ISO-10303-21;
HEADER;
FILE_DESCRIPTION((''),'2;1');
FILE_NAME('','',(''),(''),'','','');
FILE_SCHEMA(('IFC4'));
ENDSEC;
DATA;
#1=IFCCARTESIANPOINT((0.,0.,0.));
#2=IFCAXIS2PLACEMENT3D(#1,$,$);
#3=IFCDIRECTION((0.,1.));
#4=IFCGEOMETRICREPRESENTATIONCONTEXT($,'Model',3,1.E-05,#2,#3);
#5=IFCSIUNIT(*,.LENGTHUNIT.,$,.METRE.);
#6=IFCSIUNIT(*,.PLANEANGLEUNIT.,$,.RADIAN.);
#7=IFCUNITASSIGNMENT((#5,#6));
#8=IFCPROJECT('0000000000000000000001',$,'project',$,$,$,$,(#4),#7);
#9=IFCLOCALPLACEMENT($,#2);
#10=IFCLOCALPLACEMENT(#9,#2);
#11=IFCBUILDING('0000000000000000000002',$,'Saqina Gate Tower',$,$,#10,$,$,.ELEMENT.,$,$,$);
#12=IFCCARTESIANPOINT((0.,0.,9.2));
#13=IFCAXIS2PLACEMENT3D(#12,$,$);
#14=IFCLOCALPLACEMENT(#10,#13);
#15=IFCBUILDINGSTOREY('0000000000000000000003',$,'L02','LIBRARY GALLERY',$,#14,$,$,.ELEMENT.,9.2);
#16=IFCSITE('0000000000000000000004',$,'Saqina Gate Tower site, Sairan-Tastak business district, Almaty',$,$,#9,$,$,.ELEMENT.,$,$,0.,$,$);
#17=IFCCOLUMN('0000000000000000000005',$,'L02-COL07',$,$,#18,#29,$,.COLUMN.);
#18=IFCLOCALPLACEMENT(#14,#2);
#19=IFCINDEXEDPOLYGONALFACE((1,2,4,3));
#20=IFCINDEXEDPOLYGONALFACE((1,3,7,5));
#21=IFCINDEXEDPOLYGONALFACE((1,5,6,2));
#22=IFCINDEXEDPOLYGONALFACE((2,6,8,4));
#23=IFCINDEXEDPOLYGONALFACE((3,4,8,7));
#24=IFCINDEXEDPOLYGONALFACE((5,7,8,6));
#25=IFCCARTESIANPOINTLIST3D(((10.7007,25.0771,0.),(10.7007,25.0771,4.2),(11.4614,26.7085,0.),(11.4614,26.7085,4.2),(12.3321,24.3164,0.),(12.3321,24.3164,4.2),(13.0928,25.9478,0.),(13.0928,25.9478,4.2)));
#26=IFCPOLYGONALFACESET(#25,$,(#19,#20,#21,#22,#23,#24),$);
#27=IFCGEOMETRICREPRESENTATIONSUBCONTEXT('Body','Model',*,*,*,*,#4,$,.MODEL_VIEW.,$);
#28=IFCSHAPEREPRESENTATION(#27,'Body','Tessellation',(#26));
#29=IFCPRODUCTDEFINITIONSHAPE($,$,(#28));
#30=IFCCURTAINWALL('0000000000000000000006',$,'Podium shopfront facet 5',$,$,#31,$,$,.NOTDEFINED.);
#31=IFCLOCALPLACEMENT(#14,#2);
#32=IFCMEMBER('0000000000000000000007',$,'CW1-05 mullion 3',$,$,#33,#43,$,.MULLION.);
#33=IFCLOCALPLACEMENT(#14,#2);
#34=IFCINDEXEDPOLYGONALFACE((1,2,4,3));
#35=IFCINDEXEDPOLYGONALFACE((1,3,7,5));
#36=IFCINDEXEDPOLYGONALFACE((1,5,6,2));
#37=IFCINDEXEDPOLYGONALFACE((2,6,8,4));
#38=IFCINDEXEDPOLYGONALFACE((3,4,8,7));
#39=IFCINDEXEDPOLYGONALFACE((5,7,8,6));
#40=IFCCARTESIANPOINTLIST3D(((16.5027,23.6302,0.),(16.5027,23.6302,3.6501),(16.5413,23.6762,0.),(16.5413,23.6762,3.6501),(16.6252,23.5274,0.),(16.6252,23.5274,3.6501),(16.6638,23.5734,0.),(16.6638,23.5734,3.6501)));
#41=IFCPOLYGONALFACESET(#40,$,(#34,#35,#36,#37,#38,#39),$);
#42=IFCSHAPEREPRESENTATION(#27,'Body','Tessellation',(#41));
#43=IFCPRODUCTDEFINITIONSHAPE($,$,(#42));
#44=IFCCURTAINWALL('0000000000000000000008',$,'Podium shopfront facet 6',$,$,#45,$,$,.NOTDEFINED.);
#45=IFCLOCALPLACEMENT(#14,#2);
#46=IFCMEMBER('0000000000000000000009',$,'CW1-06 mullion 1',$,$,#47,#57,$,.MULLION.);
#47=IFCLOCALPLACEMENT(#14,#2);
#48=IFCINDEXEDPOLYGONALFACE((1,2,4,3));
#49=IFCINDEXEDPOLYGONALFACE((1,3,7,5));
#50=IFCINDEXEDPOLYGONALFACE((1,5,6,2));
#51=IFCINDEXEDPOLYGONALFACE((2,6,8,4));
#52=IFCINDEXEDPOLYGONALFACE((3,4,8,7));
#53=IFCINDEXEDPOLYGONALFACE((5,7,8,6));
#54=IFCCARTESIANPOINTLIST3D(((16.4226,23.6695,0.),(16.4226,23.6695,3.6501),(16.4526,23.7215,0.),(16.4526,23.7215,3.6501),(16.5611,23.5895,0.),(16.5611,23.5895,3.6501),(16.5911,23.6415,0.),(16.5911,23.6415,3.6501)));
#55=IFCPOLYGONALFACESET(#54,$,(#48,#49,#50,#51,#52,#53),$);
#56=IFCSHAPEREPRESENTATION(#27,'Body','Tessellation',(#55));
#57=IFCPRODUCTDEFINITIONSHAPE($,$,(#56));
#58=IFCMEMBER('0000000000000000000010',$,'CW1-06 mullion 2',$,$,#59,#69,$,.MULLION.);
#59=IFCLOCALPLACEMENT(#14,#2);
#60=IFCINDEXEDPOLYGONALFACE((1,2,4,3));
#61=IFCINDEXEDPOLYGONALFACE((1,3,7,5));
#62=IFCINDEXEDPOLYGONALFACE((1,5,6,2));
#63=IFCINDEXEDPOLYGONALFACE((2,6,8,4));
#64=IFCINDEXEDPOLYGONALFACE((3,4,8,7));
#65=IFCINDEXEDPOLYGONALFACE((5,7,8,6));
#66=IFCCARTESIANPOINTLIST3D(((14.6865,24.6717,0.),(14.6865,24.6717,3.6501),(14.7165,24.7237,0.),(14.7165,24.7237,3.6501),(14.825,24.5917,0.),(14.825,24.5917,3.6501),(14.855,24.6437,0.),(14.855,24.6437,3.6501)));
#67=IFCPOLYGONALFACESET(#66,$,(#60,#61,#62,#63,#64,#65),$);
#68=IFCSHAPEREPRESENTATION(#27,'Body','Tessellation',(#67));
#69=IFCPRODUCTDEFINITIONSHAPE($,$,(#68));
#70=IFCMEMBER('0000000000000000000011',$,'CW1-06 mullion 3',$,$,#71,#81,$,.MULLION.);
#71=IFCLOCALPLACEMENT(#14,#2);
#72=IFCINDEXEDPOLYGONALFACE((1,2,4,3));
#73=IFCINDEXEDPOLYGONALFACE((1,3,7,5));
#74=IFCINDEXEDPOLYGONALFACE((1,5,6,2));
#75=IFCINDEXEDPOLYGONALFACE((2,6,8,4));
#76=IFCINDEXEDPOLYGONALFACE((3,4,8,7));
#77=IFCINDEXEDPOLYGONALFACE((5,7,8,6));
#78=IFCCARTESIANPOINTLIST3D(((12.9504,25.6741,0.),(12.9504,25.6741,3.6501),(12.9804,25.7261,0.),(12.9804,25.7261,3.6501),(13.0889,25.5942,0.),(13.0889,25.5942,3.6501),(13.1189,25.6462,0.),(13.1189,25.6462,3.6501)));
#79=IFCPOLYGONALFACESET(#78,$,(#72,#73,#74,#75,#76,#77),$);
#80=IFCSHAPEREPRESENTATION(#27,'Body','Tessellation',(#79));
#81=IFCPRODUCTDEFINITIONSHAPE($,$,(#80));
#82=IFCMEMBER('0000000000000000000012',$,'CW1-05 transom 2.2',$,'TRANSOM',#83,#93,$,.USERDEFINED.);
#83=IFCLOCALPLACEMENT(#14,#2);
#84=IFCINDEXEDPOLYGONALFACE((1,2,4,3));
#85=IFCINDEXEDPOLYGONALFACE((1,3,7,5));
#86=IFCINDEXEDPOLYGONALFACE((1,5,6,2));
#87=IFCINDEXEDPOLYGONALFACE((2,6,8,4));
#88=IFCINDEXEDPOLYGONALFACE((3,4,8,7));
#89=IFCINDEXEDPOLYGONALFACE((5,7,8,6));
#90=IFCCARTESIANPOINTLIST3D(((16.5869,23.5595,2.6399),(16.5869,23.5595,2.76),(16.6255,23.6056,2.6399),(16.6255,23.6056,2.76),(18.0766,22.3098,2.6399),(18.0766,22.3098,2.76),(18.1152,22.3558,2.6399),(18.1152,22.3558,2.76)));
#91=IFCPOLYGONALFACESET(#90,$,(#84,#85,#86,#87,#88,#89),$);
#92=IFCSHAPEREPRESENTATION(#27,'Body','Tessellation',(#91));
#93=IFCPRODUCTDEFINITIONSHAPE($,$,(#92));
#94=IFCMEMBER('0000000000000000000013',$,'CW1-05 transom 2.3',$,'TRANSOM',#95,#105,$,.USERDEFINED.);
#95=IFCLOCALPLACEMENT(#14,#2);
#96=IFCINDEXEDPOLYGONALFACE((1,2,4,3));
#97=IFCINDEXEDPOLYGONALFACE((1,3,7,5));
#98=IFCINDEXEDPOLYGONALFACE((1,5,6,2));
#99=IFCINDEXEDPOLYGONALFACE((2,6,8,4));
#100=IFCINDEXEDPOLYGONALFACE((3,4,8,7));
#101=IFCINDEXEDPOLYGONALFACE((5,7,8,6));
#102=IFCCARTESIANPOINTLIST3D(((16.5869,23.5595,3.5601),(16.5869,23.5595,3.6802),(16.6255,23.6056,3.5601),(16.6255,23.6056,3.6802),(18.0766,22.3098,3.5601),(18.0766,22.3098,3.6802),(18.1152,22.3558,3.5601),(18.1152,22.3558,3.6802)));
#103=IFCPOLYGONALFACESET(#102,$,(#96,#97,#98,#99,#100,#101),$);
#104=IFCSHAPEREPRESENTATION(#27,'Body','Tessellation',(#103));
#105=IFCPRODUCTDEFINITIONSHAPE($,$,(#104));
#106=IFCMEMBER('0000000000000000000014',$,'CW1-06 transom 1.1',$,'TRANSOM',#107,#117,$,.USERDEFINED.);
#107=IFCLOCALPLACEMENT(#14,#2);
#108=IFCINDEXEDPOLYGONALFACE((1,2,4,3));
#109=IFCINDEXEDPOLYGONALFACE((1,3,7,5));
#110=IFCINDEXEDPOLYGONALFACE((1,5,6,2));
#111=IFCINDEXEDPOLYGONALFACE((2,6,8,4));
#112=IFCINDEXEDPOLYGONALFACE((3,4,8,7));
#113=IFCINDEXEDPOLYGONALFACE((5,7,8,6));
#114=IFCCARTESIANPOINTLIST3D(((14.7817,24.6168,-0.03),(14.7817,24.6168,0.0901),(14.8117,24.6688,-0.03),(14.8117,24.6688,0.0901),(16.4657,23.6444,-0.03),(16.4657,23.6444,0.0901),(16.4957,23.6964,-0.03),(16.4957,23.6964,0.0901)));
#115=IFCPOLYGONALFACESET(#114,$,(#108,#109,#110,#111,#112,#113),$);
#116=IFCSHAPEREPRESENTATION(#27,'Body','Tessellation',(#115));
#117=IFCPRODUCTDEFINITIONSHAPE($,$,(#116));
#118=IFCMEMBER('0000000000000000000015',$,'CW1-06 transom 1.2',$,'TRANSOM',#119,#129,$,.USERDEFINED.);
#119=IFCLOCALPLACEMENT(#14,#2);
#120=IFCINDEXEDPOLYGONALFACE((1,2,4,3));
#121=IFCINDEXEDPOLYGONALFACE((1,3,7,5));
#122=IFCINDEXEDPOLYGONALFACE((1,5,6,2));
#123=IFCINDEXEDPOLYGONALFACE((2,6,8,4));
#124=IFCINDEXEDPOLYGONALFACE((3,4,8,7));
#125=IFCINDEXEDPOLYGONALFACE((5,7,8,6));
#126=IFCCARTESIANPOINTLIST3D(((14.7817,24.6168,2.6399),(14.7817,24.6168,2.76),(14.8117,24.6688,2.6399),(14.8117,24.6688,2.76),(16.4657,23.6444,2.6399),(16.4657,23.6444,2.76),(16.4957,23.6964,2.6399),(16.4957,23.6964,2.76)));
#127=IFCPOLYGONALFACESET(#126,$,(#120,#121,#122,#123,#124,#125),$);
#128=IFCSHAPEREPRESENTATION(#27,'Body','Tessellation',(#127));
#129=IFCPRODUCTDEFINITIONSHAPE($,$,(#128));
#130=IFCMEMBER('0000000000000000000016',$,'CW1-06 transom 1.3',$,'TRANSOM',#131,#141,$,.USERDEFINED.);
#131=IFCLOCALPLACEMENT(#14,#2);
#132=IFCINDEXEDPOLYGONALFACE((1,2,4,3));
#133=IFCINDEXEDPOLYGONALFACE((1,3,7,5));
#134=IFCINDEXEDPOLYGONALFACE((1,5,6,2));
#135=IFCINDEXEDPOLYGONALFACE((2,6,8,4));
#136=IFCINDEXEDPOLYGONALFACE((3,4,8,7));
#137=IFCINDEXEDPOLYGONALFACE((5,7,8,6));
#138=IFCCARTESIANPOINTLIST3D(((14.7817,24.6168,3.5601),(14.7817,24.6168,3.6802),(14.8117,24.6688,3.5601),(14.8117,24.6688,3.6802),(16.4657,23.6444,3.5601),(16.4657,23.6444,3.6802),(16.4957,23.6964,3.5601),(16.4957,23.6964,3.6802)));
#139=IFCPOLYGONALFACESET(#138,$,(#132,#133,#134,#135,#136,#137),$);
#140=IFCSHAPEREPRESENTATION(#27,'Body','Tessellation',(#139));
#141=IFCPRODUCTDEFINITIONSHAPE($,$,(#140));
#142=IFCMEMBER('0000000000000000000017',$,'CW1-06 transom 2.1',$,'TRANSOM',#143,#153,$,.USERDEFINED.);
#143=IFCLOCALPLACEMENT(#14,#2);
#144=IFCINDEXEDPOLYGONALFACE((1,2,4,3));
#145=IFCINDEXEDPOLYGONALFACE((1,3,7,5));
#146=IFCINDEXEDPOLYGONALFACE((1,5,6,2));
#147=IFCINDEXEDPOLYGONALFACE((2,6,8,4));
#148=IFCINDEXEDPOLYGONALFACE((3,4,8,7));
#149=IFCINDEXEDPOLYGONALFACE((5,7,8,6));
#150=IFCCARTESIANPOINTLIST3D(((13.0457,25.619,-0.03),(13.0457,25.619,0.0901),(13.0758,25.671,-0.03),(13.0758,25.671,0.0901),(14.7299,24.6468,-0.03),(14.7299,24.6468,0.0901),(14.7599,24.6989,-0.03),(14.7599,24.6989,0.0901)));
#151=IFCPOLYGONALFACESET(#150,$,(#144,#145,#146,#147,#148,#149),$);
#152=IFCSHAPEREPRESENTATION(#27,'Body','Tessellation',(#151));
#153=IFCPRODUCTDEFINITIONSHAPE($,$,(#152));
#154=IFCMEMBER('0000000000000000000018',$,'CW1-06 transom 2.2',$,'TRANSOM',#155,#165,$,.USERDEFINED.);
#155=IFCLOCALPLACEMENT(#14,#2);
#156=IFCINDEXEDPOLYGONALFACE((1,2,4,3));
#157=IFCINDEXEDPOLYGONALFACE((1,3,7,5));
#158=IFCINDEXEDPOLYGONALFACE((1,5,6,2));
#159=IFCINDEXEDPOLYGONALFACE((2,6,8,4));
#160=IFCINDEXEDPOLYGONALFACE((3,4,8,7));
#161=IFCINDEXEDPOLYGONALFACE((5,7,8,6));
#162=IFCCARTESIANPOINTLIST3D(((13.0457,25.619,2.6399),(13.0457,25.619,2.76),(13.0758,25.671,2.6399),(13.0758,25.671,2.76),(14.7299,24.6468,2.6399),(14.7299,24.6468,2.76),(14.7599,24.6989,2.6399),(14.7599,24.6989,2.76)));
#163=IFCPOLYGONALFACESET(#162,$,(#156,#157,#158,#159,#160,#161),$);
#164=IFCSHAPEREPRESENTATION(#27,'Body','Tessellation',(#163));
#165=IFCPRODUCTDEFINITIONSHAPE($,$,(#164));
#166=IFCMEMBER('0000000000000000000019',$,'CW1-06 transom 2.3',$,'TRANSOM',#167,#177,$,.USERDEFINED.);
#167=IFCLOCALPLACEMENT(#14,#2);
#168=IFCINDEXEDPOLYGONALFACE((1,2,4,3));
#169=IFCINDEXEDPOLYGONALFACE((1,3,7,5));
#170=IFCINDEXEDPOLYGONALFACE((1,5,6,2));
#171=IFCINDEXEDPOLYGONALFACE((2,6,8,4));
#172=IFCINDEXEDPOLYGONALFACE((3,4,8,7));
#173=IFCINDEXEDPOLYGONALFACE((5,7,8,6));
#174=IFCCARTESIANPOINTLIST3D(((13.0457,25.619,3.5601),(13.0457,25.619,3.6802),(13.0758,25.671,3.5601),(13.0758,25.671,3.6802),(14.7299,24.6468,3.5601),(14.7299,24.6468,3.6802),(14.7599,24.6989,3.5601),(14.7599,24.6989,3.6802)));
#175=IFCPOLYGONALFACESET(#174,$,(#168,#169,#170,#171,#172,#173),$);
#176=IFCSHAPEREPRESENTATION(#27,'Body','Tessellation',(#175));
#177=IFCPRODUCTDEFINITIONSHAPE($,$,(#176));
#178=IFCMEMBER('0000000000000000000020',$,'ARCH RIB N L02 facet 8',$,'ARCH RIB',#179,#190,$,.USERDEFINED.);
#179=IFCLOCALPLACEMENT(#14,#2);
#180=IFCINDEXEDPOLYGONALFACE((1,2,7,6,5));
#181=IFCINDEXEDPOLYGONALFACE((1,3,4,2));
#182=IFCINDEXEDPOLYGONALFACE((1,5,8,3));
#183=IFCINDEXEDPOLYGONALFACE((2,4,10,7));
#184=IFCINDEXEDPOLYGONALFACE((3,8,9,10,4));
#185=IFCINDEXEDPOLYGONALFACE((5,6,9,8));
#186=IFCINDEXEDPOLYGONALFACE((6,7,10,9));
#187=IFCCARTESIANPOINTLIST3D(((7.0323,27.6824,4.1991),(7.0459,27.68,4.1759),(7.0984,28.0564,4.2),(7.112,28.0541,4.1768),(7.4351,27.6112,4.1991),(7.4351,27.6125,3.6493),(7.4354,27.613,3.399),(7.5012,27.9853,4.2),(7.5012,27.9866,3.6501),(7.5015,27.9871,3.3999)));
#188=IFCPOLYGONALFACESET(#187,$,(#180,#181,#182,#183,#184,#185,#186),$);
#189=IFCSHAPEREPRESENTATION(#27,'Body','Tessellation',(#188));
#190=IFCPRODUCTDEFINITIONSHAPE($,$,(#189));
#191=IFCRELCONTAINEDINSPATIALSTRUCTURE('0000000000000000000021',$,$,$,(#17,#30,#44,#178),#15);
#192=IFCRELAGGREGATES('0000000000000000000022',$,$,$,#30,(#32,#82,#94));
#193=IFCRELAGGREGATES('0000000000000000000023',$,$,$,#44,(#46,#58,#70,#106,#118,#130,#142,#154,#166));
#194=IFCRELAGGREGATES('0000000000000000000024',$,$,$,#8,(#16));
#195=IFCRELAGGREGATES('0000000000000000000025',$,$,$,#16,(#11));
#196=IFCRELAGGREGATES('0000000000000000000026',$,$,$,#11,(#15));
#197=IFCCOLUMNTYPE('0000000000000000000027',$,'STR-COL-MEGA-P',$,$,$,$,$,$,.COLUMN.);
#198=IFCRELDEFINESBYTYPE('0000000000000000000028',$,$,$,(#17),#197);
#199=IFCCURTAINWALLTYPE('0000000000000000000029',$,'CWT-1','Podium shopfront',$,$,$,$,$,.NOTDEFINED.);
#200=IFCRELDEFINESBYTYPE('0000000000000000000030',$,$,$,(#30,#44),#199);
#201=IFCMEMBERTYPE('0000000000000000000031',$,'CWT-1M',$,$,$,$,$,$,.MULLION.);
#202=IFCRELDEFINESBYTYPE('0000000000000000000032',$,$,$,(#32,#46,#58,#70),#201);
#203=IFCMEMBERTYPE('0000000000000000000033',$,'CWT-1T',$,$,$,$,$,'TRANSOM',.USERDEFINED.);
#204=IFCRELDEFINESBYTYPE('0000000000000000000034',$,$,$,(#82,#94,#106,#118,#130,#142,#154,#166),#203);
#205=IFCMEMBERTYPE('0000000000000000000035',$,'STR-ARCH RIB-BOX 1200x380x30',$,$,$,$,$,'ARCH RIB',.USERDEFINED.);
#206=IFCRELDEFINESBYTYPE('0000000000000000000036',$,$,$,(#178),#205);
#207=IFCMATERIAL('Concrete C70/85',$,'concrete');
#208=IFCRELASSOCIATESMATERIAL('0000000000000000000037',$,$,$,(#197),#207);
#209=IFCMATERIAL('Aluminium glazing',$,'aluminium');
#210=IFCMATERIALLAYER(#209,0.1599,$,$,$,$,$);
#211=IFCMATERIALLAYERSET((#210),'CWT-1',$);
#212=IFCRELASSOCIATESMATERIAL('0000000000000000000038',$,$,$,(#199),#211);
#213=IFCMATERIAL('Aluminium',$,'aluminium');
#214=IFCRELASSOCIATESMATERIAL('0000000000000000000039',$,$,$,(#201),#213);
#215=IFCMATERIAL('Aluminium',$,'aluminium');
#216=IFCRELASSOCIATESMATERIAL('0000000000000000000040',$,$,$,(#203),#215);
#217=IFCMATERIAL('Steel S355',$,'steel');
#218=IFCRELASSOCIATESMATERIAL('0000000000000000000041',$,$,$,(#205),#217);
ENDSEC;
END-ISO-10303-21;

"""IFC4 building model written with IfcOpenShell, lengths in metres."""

from ifc_helpers import new_model, si_unit, direction, frame, origin, origin_2d, place, context, subcontext, project, spatial, polyline, rectangle, hollow_rectangle, outline, extrude, material, layer, layer_set, material_profile, profile_set, type_object, element, aggregate, save


model = new_model("IFC4")

# Units and contexts
model_context = context("Model", 3, precision=1e-05, world=origin(), true_north=direction((0.0, 1.0)))
body_context = subcontext(model_context, "Body", "Model", "MODEL_VIEW")
ifc_project = project(units=[si_unit("LENGTHUNIT", "METRE"), si_unit("PLANEANGLEUNIT", "RADIAN")], contexts=[model_context])

# Site, building, storey
site_placement = place(None, origin())
site = spatial("IfcSite", under=ifc_project, at=site_placement, Name="Saqina Gate Tower site, Sairan-Tastak business district, Almaty", CompositionType="ELEMENT", RefElevation=0.0)
building_placement = place(site_placement, origin())
building = spatial("IfcBuilding", under=site, at=building_placement, Name="Saqina Gate Tower", CompositionType="ELEMENT")
storey_placement = place(building_placement, frame((0.0, 0.0, 9.2)))
storey = spatial("IfcBuildingStorey", under=building, at=storey_placement, Name="L02", Description="LIBRARY GALLERY", CompositionType="ELEMENT", Elevation=9.2)

# Column
ifc_material_1 = material(Name="Concrete C70/85", Category="concrete")
ifc_material_profile_1 = material_profile(ifc_material_1, rectangle(XDim=1.8, YDim=1.8, at=origin_2d()), Name="RC 1800x1800")
ifc_profile_set_1 = profile_set([ifc_material_profile_1], Name="Concrete C70/85")
column_type = type_object("IfcColumnType", Name="STR-COL-MEGA-P", PredefinedType="COLUMN", material=ifc_profile_set_1)
column_placement = place(storey_placement, frame((11.8967, 25.5125, 0.0), z_axis=(0.0, 0.0, 1.0), x_axis=(0.422618, 0.906308, 0.0)))
element("IfcColumn", 1, at=column_placement, inside=storey, type_object=column_type, Name="L02-COL07", PredefinedType="COLUMN", context=body_context, shape_type="SweptSolid", body=[
    extrude(rectangle(XDim=1.8, YDim=1.8, at=origin_2d()), origin(), (0.0, 0.0, 1.0), 4.2),
])

# Curtain wall, member
ifc_material_2 = material(Name="Aluminium glazing", Category="aluminium")
ifc_layer_1 = layer(ifc_material_2, 0.1599)
ifc_layer_set_1 = layer_set([ifc_layer_1], Name="CWT-1")
curtain_wall_type = type_object("IfcCurtainWallType", Name="CWT-1", Description="Podium shopfront", PredefinedType="NOTDEFINED", material=ifc_layer_set_1)
curtain_wall_1_placement = place(storey_placement, origin())
curtain_wall_1 = element("IfcCurtainWall", 2, at=curtain_wall_1_placement, inside=storey, type_object=curtain_wall_type, Name="Podium shopfront facet 5", PredefinedType="NOTDEFINED")
ifc_material_3 = material(Name="Aluminium", Category="aluminium")
ifc_material_profile_2 = material_profile(ifc_material_3, rectangle(XDim=0.0601, YDim=0.1599, at=origin_2d()), Name="Aluminium 60x160")
ifc_profile_set_2 = profile_set([ifc_material_profile_2], Name="Aluminium")
member_type_1 = type_object("IfcMemberType", Name="CWT-1M", PredefinedType="MULLION", material=ifc_profile_set_2)
member_1_placement = place(storey_placement, frame((16.5833, 23.6018, 0.0), z_axis=(0.0, 0.0, 1.0), x_axis=(-0.642779, -0.766051, 0.0)))
member_1 = element("IfcMember", 3, at=member_1_placement, type_object=member_type_1, Name="CW1-05 mullion 3", PredefinedType="MULLION", context=body_context, shape_type="SweptSolid", body=[
    extrude(rectangle(XDim=0.0601, YDim=0.1599, at=origin_2d()), origin(), (0.0, 0.0, 1.0), 3.6501),
])

# Curtain wall, members
curtain_wall_2_placement = place(storey_placement, origin())
curtain_wall_2 = element("IfcCurtainWall", 4, at=curtain_wall_2_placement, inside=storey, type_object=curtain_wall_type, Name="Podium shopfront facet 6", PredefinedType="NOTDEFINED")
member_2_placement = place(storey_placement, frame((16.5068, 23.6555, 0.0), z_axis=(0.0, 0.0, 1.0), x_axis=(-0.500014, -0.866017, 0.0)))
member_2 = element("IfcMember", 5, at=member_2_placement, type_object=member_type_1, Name="CW1-06 mullion 1", PredefinedType="MULLION", context=body_context, shape_type="SweptSolid", body=[
    extrude(rectangle(XDim=0.0601, YDim=0.1599, at=origin_2d()), origin(), (0.0, 0.0, 1.0), 3.6501),
])
member_3_placement = place(storey_placement, frame((14.7708, 24.6577, 0.0), z_axis=(0.0, 0.0, 1.0), x_axis=(-0.500014, -0.866017, 0.0)))
member_3 = element("IfcMember", 6, at=member_3_placement, type_object=member_type_1, Name="CW1-06 mullion 2", PredefinedType="MULLION", context=body_context, shape_type="SweptSolid", body=[
    extrude(rectangle(XDim=0.0601, YDim=0.1599, at=origin_2d()), origin(), (0.0, 0.0, 1.0), 3.6501),
])
member_4_placement = place(storey_placement, frame((13.0347, 25.6602, 0.0), z_axis=(0.0, 0.0, 1.0), x_axis=(-0.500014, -0.866017, 0.0)))
member_4 = element("IfcMember", 7, at=member_4_placement, type_object=member_type_1, Name="CW1-06 mullion 3", PredefinedType="MULLION", context=body_context, shape_type="SweptSolid", body=[
    extrude(rectangle(XDim=0.0601, YDim=0.1599, at=origin_2d()), origin(), (0.0, 0.0, 1.0), 3.6501),
])

# Members
ifc_material_4 = material(Name="Aluminium", Category="aluminium")
ifc_material_profile_3 = material_profile(ifc_material_4, rectangle(XDim=0.0601, YDim=0.1201, at=origin_2d()), Name="Aluminium 60x120")
ifc_profile_set_3 = profile_set([ifc_material_profile_3], Name="Aluminium")
member_type_2 = type_object("IfcMemberType", Name="CWT-1T", ElementType="TRANSOM", PredefinedType="USERDEFINED", material=ifc_profile_set_3)
member_5_placement = place(storey_placement, frame((18.0959, 22.3328, 2.7), z_axis=(-0.766118, 0.6427, 0.0), x_axis=(-0.6427, -0.766118, 0.0)))
member_5 = element("IfcMember", 8, at=member_5_placement, type_object=member_type_2, Name="CW1-05 transom 2.2", ObjectType="TRANSOM", PredefinedType="USERDEFINED", context=body_context, shape_type="SweptSolid", body=[
    extrude(rectangle(XDim=0.0601, YDim=0.1201, at=origin_2d()), origin(), (0.0, 0.0, 1.0), 1.9446),
])
member_6_placement = place(storey_placement, frame((18.0959, 22.3328, 3.6201), z_axis=(-0.766118, 0.6427, 0.0), x_axis=(-0.6427, -0.766118, 0.0)))
member_6 = element("IfcMember", 9, at=member_6_placement, type_object=member_type_2, Name="CW1-05 transom 2.3", ObjectType="TRANSOM", PredefinedType="USERDEFINED", context=body_context, shape_type="SweptSolid", body=[
    extrude(rectangle(XDim=0.0601, YDim=0.1201, at=origin_2d()), origin(), (0.0, 0.0, 1.0), 1.9446),
])
member_7_placement = place(storey_placement, frame((16.4807, 23.6704, 0.03), z_axis=(-0.866002, 0.500041, 0.0), x_axis=(-0.500041, -0.866002, 0.0)))
member_7 = element("IfcMember", 10, at=member_7_placement, type_object=member_type_2, Name="CW1-06 transom 1.1", ObjectType="TRANSOM", PredefinedType="USERDEFINED", context=body_context, shape_type="SweptSolid", body=[
    extrude(rectangle(XDim=0.0601, YDim=0.1201, at=origin_2d()), origin(), (0.0, 0.0, 1.0), 1.9446),
])
member_8_placement = place(storey_placement, frame((16.4807, 23.6704, 2.7), z_axis=(-0.866002, 0.500041, 0.0), x_axis=(-0.500041, -0.866002, 0.0)))
member_8 = element("IfcMember", 11, at=member_8_placement, type_object=member_type_2, Name="CW1-06 transom 1.2", ObjectType="TRANSOM", PredefinedType="USERDEFINED", context=body_context, shape_type="SweptSolid", body=[
    extrude(rectangle(XDim=0.0601, YDim=0.1201, at=origin_2d()), origin(), (0.0, 0.0, 1.0), 1.9446),
])
member_9_placement = place(storey_placement, frame((16.4807, 23.6704, 3.6201), z_axis=(-0.866002, 0.500041, 0.0), x_axis=(-0.500041, -0.866002, 0.0)))
member_9 = element("IfcMember", 12, at=member_9_placement, type_object=member_type_2, Name="CW1-06 transom 1.3", ObjectType="TRANSOM", PredefinedType="USERDEFINED", context=body_context, shape_type="SweptSolid", body=[
    extrude(rectangle(XDim=0.0601, YDim=0.1201, at=origin_2d()), origin(), (0.0, 0.0, 1.0), 1.9446),
])
member_10_placement = place(storey_placement, frame((14.7449, 24.6729, 0.03), z_axis=(-0.866056, 0.499947, 0.0), x_axis=(-0.499947, -0.866056, 0.0)))
member_10 = element("IfcMember", 13, at=member_10_placement, type_object=member_type_2, Name="CW1-06 transom 2.1", ObjectType="TRANSOM", PredefinedType="USERDEFINED", context=body_context, shape_type="SweptSolid", body=[
    extrude(rectangle(XDim=0.0601, YDim=0.1201, at=origin_2d()), origin(), (0.0, 0.0, 1.0), 1.9446),
])
member_11_placement = place(storey_placement, frame((14.7449, 24.6729, 2.7), z_axis=(-0.866056, 0.499947, 0.0), x_axis=(-0.499947, -0.866056, 0.0)))
member_11 = element("IfcMember", 14, at=member_11_placement, type_object=member_type_2, Name="CW1-06 transom 2.2", ObjectType="TRANSOM", PredefinedType="USERDEFINED", context=body_context, shape_type="SweptSolid", body=[
    extrude(rectangle(XDim=0.0601, YDim=0.1201, at=origin_2d()), origin(), (0.0, 0.0, 1.0), 1.9446),
])
member_12_placement = place(storey_placement, frame((14.7449, 24.6729, 3.6201), z_axis=(-0.866056, 0.499947, 0.0), x_axis=(-0.499947, -0.866056, 0.0)))
member_12 = element("IfcMember", 15, at=member_12_placement, type_object=member_type_2, Name="CW1-06 transom 2.3", ObjectType="TRANSOM", PredefinedType="USERDEFINED", context=body_context, shape_type="SweptSolid", body=[
    extrude(rectangle(XDim=0.0601, YDim=0.1201, at=origin_2d()), origin(), (0.0, 0.0, 1.0), 1.9446),
])

# Member
ifc_material_5 = material(Name="Steel S355", Category="steel")
ifc_material_profile_4 = material_profile(ifc_material_5, hollow_rectangle(XDim=1.2, YDim=0.3799, WallThickness=0.03, at=origin_2d()), Name="BOX 1200x380x30")
ifc_profile_set_4 = profile_set([ifc_material_profile_4], Name="Steel S355")
member_type_3 = type_object("IfcMemberType", Name="STR-ARCH RIB-BOX 1200x380x30", ElementType="ARCH RIB", PredefinedType="USERDEFINED", material=ifc_profile_set_4)
member_13_placement = place(storey_placement, frame((7.5012, 27.9866, 3.6501), z_axis=(0.174032, 0.984737, 0.002359), x_axis=(-0.00003, -0.00239, 0.999997)))
element("IfcMember", 16, at=member_13_placement, inside=storey, type_object=member_type_3, Name="ARCH RIB N L02 facet 8", ObjectType="ARCH RIB", PredefinedType="USERDEFINED", context=body_context, shape_type="SweptSolid", body=[
    extrude(outline(polyline([(0.0, 0.0), (0.5498, 0.0), (0.5496, -0.409), (0.5265, -0.3952), (-0.2502, 0.0003), (0.0, 0.0)])), origin(), (0.0, 0.0, -1.0), 0.3799),
])

aggregate(curtain_wall_1, [member_1, member_5, member_6])
aggregate(curtain_wall_2, [member_2, member_3, member_4, member_7, member_8, member_9, member_10, member_11, member_12])

save(model, "model.ifc")
